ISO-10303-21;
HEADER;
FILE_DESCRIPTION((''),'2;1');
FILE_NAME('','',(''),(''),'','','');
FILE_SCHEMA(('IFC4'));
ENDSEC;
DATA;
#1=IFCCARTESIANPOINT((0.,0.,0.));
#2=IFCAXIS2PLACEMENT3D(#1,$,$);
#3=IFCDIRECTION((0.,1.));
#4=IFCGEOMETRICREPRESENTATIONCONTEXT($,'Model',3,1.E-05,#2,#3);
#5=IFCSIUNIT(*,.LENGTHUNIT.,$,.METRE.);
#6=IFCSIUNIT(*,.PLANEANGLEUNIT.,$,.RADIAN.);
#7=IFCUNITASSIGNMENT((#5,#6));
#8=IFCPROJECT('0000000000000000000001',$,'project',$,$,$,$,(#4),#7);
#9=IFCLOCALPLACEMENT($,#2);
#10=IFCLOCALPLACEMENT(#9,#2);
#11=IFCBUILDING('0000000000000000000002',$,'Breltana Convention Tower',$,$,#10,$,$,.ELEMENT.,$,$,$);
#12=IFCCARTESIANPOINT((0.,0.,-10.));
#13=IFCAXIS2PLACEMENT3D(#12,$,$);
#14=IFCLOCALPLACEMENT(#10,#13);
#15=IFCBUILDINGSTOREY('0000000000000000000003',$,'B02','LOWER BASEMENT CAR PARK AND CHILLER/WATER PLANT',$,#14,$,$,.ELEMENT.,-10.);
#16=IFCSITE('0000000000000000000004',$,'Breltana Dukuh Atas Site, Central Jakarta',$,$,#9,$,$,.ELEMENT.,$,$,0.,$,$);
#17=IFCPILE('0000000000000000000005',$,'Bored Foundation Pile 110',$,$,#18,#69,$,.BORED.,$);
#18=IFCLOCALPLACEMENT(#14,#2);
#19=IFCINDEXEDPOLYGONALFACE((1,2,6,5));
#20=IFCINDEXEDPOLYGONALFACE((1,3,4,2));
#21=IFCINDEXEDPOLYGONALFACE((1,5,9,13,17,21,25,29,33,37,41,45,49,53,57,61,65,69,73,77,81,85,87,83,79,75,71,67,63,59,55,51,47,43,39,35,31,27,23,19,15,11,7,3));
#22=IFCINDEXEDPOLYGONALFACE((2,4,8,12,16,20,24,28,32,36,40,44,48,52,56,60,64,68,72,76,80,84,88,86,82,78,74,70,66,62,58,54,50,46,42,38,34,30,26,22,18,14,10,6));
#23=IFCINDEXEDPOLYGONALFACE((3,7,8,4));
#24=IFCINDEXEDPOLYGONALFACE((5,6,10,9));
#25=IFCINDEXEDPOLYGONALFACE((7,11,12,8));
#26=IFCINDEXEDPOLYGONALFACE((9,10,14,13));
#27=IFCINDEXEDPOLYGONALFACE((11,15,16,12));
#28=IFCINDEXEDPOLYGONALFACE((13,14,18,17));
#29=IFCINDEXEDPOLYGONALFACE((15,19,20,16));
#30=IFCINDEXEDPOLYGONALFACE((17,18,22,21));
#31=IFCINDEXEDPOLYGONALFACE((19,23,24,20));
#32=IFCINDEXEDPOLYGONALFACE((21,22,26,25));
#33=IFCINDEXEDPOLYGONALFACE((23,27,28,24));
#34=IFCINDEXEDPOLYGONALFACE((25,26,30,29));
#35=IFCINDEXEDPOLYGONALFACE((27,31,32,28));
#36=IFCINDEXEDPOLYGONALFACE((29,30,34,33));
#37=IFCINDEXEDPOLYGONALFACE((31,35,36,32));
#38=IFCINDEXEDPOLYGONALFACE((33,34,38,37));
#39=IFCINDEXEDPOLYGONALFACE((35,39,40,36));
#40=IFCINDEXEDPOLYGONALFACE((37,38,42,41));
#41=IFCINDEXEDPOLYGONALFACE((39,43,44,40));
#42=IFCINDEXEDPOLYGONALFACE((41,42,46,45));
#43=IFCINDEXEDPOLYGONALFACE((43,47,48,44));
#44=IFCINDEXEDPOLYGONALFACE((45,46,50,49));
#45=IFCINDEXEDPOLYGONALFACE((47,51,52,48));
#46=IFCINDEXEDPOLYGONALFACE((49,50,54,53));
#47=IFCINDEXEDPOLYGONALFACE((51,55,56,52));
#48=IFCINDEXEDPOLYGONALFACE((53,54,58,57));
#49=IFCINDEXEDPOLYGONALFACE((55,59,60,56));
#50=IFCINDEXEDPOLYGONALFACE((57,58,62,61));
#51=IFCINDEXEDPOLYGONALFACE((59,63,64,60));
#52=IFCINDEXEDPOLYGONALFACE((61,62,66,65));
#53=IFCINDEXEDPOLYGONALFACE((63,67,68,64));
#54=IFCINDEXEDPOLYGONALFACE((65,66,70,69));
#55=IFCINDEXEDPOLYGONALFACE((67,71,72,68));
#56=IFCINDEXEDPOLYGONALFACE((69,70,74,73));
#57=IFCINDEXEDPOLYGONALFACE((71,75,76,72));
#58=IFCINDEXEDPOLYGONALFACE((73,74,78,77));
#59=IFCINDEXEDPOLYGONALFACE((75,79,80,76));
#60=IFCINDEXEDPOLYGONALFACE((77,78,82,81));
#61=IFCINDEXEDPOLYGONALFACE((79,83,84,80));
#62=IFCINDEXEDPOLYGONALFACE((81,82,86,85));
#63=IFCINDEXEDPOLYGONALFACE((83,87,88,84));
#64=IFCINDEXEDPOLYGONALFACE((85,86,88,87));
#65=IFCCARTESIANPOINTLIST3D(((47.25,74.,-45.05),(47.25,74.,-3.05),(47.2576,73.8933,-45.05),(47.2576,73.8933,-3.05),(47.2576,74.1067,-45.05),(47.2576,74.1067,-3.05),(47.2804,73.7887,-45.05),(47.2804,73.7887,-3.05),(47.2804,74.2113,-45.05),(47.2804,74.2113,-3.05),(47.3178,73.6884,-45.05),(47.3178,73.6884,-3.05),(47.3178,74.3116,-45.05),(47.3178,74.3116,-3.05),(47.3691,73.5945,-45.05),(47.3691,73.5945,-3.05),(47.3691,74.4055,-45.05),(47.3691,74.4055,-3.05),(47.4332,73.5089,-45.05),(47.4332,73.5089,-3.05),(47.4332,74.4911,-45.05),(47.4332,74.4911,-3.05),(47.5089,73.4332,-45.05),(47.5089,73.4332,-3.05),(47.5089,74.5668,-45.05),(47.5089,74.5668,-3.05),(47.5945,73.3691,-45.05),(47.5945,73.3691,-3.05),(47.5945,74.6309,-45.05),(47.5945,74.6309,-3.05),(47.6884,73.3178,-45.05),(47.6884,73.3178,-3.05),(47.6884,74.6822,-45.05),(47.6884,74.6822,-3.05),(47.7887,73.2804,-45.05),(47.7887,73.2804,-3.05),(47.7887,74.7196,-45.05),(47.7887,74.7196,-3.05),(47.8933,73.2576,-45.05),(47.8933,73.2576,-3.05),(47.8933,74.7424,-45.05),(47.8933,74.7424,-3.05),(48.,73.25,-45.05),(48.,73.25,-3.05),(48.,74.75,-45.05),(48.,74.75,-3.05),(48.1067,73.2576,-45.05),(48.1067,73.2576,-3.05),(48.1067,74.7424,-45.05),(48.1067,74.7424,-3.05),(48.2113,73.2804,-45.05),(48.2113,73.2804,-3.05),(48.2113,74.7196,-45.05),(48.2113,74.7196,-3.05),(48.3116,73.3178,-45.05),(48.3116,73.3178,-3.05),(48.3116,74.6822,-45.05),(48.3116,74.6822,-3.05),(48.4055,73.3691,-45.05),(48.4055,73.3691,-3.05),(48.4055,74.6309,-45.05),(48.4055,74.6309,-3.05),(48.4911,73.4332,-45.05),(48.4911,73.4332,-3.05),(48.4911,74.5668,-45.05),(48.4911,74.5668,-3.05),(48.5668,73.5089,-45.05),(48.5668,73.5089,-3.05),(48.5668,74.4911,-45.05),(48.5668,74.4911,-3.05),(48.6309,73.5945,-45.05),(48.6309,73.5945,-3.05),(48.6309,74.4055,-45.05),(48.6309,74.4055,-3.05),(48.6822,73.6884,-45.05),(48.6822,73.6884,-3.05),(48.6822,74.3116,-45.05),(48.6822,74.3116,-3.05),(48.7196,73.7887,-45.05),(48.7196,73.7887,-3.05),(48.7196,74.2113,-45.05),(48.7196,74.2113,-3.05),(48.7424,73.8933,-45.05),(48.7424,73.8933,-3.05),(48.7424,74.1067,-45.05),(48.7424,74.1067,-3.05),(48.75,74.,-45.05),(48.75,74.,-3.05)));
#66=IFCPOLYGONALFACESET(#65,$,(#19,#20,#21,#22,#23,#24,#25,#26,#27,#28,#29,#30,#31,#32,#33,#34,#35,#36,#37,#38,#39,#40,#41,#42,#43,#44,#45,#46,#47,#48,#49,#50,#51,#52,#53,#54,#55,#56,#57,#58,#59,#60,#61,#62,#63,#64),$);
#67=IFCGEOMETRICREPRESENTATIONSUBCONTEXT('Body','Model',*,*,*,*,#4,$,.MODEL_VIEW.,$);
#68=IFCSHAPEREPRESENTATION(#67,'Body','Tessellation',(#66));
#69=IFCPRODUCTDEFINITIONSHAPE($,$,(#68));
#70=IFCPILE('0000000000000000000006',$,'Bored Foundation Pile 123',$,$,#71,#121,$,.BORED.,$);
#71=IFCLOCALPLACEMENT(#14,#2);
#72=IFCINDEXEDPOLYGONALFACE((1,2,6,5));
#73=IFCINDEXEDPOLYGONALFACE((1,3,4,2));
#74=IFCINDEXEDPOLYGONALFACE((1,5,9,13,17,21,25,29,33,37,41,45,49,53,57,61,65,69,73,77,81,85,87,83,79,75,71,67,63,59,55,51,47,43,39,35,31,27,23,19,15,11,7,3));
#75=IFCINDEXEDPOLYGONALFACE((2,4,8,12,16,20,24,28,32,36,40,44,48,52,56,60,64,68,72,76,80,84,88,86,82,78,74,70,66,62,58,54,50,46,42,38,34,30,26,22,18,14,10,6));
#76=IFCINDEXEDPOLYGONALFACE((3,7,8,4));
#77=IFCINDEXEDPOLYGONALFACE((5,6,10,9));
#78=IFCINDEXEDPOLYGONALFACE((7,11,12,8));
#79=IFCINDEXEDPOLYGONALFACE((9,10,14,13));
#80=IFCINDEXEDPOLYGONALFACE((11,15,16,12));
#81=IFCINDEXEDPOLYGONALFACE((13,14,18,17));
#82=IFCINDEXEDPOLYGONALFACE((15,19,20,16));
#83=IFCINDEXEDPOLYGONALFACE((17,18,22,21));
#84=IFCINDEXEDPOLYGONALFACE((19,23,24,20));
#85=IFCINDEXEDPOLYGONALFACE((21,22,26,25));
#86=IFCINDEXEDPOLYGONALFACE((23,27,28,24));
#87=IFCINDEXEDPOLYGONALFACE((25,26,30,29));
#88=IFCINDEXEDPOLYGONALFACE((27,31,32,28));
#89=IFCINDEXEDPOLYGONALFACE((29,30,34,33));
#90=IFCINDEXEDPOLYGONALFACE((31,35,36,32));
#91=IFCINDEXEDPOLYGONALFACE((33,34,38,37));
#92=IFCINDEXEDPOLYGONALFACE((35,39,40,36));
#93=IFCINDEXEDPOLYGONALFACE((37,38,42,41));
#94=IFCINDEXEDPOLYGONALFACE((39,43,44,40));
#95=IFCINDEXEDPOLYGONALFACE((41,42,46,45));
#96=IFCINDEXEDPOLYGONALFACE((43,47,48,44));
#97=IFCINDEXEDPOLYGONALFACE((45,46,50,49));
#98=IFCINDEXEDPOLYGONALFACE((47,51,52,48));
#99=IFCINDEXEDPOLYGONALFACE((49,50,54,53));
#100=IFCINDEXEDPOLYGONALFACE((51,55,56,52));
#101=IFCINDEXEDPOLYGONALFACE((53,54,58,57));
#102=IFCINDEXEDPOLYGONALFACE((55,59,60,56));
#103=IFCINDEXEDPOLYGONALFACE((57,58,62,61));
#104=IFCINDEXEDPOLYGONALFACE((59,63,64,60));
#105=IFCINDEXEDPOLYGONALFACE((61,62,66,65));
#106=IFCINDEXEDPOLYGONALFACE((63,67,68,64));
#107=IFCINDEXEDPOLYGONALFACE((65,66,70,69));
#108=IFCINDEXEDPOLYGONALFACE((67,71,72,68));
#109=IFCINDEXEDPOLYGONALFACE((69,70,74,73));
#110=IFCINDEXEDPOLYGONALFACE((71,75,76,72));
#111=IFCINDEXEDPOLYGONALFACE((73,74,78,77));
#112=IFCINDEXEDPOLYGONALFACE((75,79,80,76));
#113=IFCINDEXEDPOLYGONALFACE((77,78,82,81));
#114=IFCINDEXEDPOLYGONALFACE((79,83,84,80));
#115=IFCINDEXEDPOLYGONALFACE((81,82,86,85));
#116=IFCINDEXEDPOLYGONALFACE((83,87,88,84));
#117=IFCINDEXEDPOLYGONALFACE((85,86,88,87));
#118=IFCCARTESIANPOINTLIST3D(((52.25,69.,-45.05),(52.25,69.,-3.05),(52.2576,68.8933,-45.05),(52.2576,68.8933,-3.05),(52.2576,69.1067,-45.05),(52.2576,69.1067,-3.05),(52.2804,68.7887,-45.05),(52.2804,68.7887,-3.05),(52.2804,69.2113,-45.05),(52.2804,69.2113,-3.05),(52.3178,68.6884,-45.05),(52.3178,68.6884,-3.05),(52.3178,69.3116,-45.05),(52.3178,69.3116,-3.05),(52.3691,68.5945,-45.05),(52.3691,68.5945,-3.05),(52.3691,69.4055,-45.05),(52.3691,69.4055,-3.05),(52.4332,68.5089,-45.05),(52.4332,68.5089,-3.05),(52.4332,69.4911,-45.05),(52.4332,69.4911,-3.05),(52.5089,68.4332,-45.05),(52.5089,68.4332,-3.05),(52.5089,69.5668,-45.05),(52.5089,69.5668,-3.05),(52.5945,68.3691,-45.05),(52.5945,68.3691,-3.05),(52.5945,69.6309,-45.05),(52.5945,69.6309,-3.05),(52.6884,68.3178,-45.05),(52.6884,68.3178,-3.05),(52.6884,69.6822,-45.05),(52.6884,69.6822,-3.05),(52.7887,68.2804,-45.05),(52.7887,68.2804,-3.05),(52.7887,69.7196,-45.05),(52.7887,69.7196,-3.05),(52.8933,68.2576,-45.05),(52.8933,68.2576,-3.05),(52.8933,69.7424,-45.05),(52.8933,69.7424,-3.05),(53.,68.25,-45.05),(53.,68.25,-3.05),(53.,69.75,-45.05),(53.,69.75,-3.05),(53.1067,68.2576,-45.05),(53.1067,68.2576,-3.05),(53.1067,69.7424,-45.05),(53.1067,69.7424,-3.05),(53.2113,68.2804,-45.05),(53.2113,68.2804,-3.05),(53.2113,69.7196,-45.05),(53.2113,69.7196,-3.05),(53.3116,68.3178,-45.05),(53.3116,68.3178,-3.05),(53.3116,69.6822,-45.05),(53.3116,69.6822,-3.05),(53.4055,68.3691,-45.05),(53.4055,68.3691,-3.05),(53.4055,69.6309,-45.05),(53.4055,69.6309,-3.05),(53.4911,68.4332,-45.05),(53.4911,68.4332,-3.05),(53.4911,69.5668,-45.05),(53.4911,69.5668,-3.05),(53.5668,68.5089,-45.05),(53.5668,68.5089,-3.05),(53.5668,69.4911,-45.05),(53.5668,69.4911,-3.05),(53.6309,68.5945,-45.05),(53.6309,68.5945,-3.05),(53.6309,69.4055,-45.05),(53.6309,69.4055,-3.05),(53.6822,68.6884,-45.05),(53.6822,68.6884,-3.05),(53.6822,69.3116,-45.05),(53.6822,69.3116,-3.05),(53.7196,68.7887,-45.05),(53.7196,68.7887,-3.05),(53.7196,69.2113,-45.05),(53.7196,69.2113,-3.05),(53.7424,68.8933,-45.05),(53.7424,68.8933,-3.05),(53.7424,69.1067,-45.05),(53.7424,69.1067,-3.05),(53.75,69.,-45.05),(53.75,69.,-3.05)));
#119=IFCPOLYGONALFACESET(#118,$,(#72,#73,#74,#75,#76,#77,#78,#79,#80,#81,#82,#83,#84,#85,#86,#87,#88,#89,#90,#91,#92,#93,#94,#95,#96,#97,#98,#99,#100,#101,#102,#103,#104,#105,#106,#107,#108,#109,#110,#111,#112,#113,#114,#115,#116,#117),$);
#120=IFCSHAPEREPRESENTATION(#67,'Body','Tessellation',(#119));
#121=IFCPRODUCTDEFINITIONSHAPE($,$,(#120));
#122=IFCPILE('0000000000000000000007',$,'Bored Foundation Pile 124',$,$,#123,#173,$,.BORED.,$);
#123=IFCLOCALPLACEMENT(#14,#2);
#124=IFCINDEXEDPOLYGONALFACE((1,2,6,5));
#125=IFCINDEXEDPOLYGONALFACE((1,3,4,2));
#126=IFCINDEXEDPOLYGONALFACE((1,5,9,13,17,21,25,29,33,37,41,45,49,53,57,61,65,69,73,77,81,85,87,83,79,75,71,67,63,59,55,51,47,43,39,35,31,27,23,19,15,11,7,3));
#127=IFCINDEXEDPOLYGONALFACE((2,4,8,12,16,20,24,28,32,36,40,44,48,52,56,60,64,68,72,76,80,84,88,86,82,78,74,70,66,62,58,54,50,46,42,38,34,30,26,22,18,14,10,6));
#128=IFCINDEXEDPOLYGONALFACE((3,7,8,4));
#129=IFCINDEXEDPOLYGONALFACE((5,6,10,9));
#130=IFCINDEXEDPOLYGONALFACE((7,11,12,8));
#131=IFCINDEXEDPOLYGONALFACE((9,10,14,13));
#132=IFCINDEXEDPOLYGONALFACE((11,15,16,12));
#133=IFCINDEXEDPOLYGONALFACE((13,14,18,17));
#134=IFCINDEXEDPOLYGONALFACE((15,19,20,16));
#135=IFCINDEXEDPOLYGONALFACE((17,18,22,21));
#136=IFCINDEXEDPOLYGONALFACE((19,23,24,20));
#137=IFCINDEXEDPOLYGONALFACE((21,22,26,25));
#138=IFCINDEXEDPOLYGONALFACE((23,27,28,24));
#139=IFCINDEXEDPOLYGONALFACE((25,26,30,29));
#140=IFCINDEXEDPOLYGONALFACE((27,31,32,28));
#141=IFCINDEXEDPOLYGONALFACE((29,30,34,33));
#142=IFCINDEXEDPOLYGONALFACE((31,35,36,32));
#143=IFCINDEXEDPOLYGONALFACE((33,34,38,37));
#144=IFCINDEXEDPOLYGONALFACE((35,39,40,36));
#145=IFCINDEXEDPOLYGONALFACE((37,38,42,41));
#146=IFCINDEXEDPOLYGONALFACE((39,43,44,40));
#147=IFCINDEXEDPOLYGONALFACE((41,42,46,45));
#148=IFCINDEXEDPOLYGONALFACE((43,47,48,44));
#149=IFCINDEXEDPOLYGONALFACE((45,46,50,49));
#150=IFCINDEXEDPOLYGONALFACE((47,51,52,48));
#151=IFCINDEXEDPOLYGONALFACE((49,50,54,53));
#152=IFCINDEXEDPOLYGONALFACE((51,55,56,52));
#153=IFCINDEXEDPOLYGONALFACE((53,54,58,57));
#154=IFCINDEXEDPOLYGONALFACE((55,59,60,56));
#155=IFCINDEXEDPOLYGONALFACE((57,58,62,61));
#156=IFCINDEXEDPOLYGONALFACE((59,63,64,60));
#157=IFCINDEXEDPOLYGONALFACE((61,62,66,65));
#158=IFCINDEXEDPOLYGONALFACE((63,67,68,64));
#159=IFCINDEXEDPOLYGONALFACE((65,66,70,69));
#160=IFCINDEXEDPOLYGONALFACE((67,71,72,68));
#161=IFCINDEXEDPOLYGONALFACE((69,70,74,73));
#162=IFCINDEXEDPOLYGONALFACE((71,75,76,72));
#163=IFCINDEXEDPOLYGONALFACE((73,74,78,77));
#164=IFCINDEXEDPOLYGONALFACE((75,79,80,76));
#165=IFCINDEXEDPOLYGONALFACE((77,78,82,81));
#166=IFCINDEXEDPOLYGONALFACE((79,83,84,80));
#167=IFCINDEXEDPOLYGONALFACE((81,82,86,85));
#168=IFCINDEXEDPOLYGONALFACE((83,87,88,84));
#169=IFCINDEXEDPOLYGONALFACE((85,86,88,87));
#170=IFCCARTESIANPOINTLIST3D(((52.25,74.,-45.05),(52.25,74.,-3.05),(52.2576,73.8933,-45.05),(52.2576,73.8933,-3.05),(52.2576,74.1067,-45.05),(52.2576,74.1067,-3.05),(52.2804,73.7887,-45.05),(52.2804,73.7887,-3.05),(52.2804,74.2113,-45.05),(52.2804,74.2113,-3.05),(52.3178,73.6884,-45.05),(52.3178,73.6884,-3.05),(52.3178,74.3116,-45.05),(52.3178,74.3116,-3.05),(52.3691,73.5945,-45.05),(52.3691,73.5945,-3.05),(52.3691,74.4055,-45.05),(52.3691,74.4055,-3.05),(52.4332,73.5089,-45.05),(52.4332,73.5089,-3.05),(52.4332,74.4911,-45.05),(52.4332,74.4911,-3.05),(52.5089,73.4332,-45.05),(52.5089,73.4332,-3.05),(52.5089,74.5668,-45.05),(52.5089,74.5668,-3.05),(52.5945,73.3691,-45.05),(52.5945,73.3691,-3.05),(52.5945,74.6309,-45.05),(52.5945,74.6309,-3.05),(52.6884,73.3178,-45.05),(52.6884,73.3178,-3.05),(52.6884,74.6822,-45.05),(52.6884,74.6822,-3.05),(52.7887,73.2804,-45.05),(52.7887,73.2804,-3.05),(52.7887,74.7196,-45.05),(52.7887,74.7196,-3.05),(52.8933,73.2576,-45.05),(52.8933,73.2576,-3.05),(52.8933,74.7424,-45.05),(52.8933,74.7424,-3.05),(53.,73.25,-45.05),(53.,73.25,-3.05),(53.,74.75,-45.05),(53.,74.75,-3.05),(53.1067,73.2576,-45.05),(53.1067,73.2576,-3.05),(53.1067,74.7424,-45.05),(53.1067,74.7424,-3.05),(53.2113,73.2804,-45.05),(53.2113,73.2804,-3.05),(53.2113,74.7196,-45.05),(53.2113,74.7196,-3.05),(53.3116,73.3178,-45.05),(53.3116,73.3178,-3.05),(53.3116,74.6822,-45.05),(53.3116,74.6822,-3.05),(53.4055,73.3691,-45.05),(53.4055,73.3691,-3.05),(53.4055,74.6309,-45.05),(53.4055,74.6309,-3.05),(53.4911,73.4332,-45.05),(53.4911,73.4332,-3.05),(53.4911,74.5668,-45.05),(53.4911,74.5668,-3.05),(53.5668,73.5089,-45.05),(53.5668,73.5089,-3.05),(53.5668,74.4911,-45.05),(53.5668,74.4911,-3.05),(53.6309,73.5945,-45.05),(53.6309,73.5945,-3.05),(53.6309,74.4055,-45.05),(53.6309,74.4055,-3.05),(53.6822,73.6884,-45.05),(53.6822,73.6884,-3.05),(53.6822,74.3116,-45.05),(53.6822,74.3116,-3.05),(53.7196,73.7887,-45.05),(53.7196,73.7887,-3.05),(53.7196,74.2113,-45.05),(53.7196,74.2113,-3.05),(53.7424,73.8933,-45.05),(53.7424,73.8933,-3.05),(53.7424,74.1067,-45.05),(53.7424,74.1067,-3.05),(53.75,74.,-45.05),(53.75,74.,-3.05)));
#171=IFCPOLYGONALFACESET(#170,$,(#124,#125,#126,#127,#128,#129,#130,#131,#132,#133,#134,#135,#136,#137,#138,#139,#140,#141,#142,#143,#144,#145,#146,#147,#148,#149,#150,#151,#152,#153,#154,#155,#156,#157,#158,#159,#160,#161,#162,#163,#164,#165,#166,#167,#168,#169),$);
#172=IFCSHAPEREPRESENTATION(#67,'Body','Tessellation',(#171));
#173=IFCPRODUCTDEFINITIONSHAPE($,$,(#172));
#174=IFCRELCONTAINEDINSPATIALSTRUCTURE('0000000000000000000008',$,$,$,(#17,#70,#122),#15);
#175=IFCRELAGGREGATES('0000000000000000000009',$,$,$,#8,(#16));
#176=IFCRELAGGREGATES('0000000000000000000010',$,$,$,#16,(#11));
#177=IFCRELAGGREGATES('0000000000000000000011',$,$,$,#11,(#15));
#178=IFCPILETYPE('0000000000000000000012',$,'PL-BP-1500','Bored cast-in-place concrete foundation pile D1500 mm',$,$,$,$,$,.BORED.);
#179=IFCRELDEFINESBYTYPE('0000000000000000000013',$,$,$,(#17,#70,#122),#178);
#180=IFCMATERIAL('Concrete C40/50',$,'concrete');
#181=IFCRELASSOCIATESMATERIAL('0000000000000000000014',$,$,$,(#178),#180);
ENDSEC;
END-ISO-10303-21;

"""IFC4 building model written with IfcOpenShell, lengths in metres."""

from ifc_helpers import new_model, si_unit, direction, frame, origin, origin_2d, place, context, subcontext, project, spatial, circle, extrude, source, transform, mapped, material, material_profile, profile_set, type_object, type_shapes, element, save


model = new_model("IFC4")

# Units and contexts
model_context = context("Model", 3, precision=1e-05, world=origin(), true_north=direction((0.0, 1.0)))
body_context = subcontext(model_context, "Body", "Model", "MODEL_VIEW")
ifc_project = project(units=[si_unit("LENGTHUNIT", "METRE"), si_unit("PLANEANGLEUNIT", "RADIAN")], contexts=[model_context])

# Site, building, storey
site_placement = place(None, origin())
site = spatial("IfcSite", under=ifc_project, at=site_placement, Name="Breltana Dukuh Atas Site, Central Jakarta", CompositionType="ELEMENT", RefElevation=0.0)
building_placement = place(site_placement, origin())
building = spatial("IfcBuilding", under=site, at=building_placement, Name="Breltana Convention Tower", CompositionType="ELEMENT")
storey_placement = place(building_placement, frame((0.0, 0.0, -10.0)))
storey = spatial("IfcBuildingStorey", under=building, at=storey_placement, Name="B02", Description="LOWER BASEMENT CAR PARK AND CHILLER/WATER PLANT", CompositionType="ELEMENT", Elevation=-10.0)

# Piles
ifc_material_1 = material(Name="Concrete C40/50", Category="concrete")
ifc_material_profile_1 = material_profile(ifc_material_1, circle(Radius=0.75, at=origin_2d()), Name="BP-D1500")
ifc_profile_set_1 = profile_set([ifc_material_profile_1], Name="Concrete C40/50")
pile_type_1 = type_object("IfcPileType", Name="PL-BP-1500", Description="Bored cast-in-place concrete foundation pile D1500 mm", PredefinedType="BORED", material=ifc_profile_set_1)
shared_shape_1 = source(origin(), body_context, "Body", "SweptSolid", [
    extrude(circle(Radius=0.75, at=origin_2d()), origin(), (0.0, 0.0, 1.0), 42.0),
])
type_shapes(pile_type_1, [shared_shape_1])
for number, where, z_axis, x_axis, name in (
    (1, (48.0, 74.0, -3.05), (0.0, 0.0, -1.0), (1.0, 0.0, 0.0), "Bored Foundation Pile 110"),
    (2, (53.0, 69.0, -3.05), (0.0, 0.0, -1.0), (1.0, 0.0, 0.0), "Bored Foundation Pile 123"),
    (3, (53.0, 74.0, -3.05), (0.0, 0.0, -1.0), (1.0, 0.0, 0.0), "Bored Foundation Pile 124"),
):
    element("IfcPile", number, at=place(storey_placement, frame(where, z_axis=z_axis, x_axis=x_axis)), inside=storey, type_object=pile_type_1, Name=name, PredefinedType="BORED", context=body_context, shape_type="MappedRepresentation", body=[
        mapped(shared_shape_1, transform((0.0, 0.0, 0.0), scale=1.0)),
    ])

save(model, "model.ifc")
